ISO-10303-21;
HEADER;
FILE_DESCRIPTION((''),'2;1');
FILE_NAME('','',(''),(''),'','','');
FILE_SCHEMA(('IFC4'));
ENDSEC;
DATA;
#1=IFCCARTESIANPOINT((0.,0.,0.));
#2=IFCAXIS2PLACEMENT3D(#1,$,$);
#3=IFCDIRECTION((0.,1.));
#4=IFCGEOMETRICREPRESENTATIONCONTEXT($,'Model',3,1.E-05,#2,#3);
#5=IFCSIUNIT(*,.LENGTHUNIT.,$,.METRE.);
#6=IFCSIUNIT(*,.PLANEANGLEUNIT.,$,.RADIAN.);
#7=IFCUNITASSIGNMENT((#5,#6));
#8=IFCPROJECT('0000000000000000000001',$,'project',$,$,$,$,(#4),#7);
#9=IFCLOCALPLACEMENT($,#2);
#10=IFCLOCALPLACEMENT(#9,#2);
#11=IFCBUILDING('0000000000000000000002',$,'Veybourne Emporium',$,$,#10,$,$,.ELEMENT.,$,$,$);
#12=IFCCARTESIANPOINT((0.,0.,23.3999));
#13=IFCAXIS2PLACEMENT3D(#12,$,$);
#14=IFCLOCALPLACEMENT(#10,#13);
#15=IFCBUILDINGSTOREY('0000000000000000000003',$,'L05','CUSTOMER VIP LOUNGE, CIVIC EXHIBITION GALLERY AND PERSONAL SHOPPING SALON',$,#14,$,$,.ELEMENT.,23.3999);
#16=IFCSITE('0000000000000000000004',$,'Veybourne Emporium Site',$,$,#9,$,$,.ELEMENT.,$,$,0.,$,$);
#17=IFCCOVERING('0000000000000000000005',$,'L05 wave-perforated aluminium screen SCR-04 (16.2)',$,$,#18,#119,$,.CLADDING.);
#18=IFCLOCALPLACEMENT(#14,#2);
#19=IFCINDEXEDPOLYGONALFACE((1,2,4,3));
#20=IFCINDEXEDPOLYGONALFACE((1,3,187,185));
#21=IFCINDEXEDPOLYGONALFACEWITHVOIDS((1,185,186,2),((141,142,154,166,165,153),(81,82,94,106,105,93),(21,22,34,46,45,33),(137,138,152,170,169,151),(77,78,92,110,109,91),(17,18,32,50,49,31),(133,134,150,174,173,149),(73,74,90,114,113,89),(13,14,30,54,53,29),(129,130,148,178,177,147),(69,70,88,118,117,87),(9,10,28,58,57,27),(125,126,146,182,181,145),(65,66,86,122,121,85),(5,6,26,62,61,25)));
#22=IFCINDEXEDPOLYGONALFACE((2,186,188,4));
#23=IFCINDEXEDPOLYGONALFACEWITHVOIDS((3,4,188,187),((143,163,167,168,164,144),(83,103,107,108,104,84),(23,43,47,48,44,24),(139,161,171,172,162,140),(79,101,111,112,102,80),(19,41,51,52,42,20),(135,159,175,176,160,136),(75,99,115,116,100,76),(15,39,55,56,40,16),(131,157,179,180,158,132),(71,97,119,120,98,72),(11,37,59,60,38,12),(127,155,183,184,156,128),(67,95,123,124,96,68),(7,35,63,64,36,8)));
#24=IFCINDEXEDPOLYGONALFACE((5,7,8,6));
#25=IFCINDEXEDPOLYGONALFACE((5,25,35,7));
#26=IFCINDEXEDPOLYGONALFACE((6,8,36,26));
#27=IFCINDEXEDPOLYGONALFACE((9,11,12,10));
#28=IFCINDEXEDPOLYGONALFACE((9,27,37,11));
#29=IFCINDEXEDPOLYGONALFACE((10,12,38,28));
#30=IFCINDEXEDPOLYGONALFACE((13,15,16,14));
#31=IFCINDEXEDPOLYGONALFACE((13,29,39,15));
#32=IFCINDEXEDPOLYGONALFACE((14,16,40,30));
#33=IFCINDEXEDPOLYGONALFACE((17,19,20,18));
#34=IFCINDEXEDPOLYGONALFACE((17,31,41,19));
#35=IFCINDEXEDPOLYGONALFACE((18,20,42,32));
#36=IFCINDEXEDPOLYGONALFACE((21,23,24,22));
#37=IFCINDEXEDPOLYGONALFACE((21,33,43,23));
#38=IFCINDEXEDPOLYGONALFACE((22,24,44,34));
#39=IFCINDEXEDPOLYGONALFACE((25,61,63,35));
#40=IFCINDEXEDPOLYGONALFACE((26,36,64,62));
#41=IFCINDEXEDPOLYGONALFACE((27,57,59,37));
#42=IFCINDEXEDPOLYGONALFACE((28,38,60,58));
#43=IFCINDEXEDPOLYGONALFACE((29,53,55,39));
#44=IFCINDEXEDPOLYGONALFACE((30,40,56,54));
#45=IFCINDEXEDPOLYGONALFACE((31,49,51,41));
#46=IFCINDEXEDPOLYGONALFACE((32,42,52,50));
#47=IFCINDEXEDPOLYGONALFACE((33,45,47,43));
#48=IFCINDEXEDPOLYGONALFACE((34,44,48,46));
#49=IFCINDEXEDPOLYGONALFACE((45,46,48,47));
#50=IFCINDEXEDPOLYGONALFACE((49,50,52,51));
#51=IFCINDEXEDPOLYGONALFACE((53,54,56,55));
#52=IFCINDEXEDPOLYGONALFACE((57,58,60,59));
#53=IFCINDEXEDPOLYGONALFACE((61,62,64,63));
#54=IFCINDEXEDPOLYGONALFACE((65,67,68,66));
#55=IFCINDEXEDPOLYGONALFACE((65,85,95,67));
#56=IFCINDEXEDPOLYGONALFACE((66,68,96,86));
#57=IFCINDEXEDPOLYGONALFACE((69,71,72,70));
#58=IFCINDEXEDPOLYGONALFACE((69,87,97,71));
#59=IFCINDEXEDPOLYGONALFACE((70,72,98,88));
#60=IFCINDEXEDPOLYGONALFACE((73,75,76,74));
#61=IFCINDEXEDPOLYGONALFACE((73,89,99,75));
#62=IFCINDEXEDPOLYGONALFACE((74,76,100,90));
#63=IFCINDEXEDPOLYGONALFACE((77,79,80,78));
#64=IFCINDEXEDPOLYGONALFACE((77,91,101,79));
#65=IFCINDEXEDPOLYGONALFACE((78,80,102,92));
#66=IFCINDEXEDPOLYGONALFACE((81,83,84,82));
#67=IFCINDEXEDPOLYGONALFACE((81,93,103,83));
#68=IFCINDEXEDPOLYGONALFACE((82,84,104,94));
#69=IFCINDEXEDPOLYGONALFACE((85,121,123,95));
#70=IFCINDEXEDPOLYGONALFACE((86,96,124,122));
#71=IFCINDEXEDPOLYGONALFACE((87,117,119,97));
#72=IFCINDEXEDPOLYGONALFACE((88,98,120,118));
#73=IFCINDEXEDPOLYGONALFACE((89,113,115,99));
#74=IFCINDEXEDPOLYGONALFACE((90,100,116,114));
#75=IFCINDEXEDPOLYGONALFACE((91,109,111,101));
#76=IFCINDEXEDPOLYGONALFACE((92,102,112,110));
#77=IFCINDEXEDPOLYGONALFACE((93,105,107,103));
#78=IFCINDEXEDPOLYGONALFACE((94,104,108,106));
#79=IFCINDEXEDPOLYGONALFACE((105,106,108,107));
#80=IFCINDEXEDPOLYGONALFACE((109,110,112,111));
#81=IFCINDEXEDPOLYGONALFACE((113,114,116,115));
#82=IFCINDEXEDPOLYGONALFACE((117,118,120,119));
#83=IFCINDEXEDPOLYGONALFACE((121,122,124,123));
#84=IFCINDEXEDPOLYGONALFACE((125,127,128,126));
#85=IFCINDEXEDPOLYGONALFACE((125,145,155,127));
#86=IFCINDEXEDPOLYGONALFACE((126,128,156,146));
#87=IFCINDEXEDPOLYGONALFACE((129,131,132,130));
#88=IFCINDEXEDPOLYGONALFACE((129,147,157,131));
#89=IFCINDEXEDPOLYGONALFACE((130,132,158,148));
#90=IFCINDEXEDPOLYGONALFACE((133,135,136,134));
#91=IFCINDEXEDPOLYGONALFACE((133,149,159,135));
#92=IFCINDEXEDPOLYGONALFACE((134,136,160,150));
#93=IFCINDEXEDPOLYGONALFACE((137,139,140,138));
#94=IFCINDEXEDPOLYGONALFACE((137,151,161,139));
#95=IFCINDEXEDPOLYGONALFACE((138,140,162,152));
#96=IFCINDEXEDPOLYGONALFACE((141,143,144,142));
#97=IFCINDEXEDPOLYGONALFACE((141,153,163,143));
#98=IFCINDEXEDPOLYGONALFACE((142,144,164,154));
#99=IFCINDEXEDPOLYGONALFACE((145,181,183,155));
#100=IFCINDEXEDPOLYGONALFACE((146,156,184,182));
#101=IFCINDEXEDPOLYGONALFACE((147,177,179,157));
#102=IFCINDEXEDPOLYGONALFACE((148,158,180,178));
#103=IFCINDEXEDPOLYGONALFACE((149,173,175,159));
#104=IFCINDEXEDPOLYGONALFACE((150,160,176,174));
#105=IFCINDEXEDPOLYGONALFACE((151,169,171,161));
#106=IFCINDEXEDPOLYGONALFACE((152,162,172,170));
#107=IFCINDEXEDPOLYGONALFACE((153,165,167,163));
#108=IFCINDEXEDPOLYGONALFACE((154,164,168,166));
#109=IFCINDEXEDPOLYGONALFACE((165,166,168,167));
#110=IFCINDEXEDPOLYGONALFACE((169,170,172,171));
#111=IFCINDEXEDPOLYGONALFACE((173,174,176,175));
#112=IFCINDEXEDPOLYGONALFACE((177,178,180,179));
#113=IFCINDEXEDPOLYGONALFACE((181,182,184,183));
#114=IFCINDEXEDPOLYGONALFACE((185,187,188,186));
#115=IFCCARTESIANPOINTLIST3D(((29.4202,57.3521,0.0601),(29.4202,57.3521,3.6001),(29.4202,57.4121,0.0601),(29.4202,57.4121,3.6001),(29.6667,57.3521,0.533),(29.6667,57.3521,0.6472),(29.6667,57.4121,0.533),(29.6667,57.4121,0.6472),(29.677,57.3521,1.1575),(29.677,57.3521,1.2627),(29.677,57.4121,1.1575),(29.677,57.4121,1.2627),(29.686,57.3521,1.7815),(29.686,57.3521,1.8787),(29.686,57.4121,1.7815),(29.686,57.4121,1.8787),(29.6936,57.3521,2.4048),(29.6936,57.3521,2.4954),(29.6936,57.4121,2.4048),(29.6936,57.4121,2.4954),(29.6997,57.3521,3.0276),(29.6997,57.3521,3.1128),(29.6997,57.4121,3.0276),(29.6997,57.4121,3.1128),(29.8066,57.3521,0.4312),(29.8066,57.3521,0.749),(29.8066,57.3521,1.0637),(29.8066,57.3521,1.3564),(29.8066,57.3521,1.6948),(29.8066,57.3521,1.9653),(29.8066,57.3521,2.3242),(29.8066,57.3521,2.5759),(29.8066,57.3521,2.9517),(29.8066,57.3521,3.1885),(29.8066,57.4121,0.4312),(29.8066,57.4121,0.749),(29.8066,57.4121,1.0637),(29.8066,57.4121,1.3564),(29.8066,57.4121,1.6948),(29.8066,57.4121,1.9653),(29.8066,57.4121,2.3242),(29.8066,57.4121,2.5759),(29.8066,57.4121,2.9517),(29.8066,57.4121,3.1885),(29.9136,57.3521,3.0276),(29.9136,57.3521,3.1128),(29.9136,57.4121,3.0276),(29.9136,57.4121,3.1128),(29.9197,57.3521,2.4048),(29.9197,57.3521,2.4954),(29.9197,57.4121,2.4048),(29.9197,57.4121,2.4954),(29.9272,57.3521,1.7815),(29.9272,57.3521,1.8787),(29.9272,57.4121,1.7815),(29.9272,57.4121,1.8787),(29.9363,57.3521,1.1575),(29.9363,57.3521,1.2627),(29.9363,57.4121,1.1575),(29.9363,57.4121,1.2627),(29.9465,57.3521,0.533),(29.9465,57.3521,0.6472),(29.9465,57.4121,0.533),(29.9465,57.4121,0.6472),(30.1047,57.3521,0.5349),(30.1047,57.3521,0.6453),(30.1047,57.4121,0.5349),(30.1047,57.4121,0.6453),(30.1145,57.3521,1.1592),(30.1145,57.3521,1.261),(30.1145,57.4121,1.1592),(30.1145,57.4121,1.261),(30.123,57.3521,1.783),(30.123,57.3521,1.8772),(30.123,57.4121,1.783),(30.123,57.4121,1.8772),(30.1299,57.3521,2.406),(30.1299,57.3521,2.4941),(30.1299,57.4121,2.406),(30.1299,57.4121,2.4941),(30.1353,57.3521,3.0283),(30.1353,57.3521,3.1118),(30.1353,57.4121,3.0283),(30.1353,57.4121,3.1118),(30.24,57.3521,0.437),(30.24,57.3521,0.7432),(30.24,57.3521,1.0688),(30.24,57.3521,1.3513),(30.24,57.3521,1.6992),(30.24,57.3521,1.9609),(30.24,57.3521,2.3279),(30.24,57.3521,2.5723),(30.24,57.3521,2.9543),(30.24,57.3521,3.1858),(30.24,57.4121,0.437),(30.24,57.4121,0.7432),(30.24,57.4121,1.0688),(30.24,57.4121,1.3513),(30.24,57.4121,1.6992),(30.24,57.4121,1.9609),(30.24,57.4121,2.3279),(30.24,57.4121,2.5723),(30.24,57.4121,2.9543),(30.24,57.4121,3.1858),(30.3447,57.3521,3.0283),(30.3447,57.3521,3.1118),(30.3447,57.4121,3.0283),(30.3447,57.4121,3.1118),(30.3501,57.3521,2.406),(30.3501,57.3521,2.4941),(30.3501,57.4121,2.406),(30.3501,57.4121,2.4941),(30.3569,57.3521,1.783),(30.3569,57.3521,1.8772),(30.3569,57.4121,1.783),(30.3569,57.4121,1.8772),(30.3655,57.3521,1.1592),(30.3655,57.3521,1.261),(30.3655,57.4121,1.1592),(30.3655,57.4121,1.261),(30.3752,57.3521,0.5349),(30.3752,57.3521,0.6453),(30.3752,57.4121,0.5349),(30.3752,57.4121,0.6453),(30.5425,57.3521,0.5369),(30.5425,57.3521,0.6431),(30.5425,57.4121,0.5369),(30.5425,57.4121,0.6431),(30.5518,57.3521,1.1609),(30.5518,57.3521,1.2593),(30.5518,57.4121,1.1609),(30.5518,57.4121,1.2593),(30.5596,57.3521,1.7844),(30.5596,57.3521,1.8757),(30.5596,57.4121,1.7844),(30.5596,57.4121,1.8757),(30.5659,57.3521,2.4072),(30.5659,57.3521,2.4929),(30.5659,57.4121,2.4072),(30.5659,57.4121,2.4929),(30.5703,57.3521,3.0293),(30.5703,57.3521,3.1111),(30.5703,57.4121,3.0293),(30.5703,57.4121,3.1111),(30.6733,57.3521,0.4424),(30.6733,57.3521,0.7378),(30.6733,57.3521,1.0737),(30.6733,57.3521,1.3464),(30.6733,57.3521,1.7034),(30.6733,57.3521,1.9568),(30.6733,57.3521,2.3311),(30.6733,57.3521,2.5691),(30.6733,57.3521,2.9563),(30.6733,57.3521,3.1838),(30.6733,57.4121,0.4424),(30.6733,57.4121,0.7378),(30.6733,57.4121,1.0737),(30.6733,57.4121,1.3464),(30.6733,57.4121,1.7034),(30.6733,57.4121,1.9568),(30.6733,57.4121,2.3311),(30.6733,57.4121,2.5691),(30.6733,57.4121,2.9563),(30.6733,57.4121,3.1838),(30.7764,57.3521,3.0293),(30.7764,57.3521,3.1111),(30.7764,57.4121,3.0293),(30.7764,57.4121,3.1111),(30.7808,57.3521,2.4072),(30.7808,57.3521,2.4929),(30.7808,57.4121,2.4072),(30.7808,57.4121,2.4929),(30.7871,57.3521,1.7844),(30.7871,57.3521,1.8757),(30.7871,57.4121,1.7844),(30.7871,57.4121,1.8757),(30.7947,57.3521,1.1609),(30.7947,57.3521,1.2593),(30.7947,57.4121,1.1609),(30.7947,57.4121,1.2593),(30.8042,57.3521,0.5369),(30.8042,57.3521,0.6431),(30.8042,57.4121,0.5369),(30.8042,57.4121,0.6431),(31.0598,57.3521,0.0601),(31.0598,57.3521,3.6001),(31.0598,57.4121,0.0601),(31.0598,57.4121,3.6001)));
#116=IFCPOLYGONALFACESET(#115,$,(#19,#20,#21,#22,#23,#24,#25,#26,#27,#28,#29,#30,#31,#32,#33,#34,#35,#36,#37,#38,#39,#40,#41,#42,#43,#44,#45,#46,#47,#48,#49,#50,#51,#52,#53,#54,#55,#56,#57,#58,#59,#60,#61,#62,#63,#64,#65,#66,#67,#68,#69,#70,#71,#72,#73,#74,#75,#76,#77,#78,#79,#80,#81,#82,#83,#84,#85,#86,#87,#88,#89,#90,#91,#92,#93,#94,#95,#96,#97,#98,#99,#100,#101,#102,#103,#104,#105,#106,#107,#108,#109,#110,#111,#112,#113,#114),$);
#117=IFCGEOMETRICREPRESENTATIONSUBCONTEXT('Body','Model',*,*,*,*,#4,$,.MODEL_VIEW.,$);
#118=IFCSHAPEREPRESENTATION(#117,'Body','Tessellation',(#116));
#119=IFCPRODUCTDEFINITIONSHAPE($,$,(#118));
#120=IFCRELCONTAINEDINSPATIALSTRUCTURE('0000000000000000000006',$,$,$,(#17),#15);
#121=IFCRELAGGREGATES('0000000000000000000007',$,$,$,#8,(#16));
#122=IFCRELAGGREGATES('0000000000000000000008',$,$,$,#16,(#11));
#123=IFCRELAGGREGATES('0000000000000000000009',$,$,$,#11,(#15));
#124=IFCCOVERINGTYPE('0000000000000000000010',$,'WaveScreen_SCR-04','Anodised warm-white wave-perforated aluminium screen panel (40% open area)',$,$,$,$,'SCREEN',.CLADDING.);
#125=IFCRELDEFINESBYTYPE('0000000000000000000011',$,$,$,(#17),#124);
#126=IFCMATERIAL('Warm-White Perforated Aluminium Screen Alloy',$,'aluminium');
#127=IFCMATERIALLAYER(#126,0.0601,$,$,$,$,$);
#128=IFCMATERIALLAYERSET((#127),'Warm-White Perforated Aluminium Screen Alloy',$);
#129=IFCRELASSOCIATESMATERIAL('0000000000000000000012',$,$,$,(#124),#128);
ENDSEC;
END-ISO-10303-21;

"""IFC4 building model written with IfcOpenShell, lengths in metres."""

from ifc_helpers import new_model, si_unit, direction, frame, origin, place, context, subcontext, project, spatial, polyline, outline, extrude, material, layer, layer_set, type_object, element, save


model = new_model("IFC4")

# Units and contexts
model_context = context("Model", 3, precision=1e-05, world=origin(), true_north=direction((0.0, 1.0)))
body_context = subcontext(model_context, "Body", "Model", "MODEL_VIEW")
ifc_project = project(units=[si_unit("LENGTHUNIT", "METRE"), si_unit("PLANEANGLEUNIT", "RADIAN")], contexts=[model_context])

# Site, building, storey
site_placement = place(None, origin())
site = spatial("IfcSite", under=ifc_project, at=site_placement, Name="Veybourne Emporium Site", CompositionType="ELEMENT", RefElevation=0.0)
building_placement = place(site_placement, origin())
building = spatial("IfcBuilding", under=site, at=building_placement, Name="Veybourne Emporium", CompositionType="ELEMENT")
storey_placement = place(building_placement, frame((0.0, 0.0, 23.3999)))
storey = spatial("IfcBuildingStorey", under=building, at=storey_placement, Name="L05", Description="CUSTOMER VIP LOUNGE, CIVIC EXHIBITION GALLERY AND PERSONAL SHOPPING SALON", CompositionType="ELEMENT", Elevation=23.3999)

# Covering
ifc_material_1 = material(Name="Warm-White Perforated Aluminium Screen Alloy", Category="aluminium")
ifc_layer_1 = layer(ifc_material_1, 0.0601)
ifc_layer_set_1 = layer_set([ifc_layer_1], Name="Warm-White Perforated Aluminium Screen Alloy")
covering_type_1 = type_object("IfcCoveringType", Name="WaveScreen_SCR-04", Description="Anodised warm-white wave-perforated aluminium screen panel (40% open area)", ElementType="SCREEN", PredefinedType="CLADDING", material=ifc_layer_set_1)
covering_1_placement = place(storey_placement, frame((30.24, 57.3521, 1.8301), z_axis=(0.0, 1.0, 0.0), x_axis=(-1.0, 0.0, 0.0)))
element("IfcCovering", 1, at=covering_1_placement, inside=storey, type_object=covering_type_1, Name="L05 wave-perforated aluminium screen SCR-04 (16.2)", PredefinedType="CLADDING", context=body_context, shape_type="SweptSolid", body=[
    extrude(outline(polyline([(-0.8198, -1.77), (0.8198, -1.77), (0.8198, 1.77), (-0.8198, 1.77), (-0.8198, -1.77)]), holes=[polyline([(-0.4333, -1.0923), (-0.3025, -1.187), (-0.3025, -1.2932), (-0.4333, -1.3877), (-0.5642, -1.2932), (-0.5642, -1.187), (-0.4333, -1.0923)]), polyline([(-0.4333, -0.4836), (-0.3118, -0.5708), (-0.3118, -0.6692), (-0.4333, -0.7563), (-0.5547, -0.6692), (-0.5547, -0.5708), (-0.4333, -0.4836)]), polyline([(-0.4333, 0.1267), (-0.3196, 0.0457), (-0.3196, -0.0457), (-0.4333, -0.1267), (-0.5471, -0.0457), (-0.5471, 0.0457), (-0.4333, 0.1267)]), polyline([(-0.4333, 0.739), (-0.3259, 0.6628), (-0.3259, 0.5771), (-0.4333, 0.501), (-0.5408, 0.5771), (-0.5408, 0.6628), (-0.4333, 0.739)]), polyline([(-0.4333, 1.3538), (-0.3303, 1.281), (-0.3303, 1.1992), (-0.4333, 1.1262), (-0.5364, 1.1992), (-0.5364, 1.281), (-0.4333, 1.3538)]), polyline([(0.0, -1.0869), (0.1353, -1.1848), (0.1353, -1.2952), (0.0, -1.3931), (-0.1353, -1.2952), (-0.1353, -1.1848), (0.0, -1.0869)]), polyline([(0.0, -0.4788), (0.1255, -0.5691), (0.1255, -0.6709), (0.0, -0.7612), (-0.1255, -0.6709), (-0.1255, -0.5691), (0.0, -0.4788)]), polyline([(0.0, 0.1309), (0.1169, 0.0471), (0.1169, -0.0471), (0.0, -0.1309), (-0.1169, -0.0471), (-0.1169, 0.0471), (0.0, 0.1309)]), polyline([(0.0, 0.7422), (0.1101, 0.6641), (0.1101, 0.5759), (0.0, 0.4978), (-0.1101, 0.5759), (-0.1101, 0.6641), (0.0, 0.7422)]), polyline([(0.0, 1.3557), (0.1047, 1.2817), (0.1047, 1.1982), (0.0, 1.1243), (-0.1047, 1.1982), (-0.1047, 1.2817), (0.0, 1.3557)]), polyline([(0.4333, -1.0811), (0.5732, -1.1829), (0.5732, -1.2971), (0.4333, -1.3989), (0.2935, -1.2971), (0.2935, -1.1829), (0.4333, -1.0811)]), polyline([(0.4333, -0.4736), (0.563, -0.5674), (0.563, -0.6726), (0.4333, -0.7664), (0.3037, -0.6726), (0.3037, -0.5674), (0.4333, -0.4736)]), polyline([(0.4333, 0.1353), (0.554, 0.0486), (0.554, -0.0486), (0.4333, -0.1353), (0.3127, -0.0486), (0.3127, 0.0486), (0.4333, 0.1353)]), polyline([(0.4333, 0.7458), (0.5464, 0.6653), (0.5464, 0.5747), (0.4333, 0.4941), (0.3203, 0.5747), (0.3203, 0.6653), (0.4333, 0.7458)]), polyline([(0.4333, 1.3584), (0.5403, 1.2827), (0.5403, 1.1975), (0.4333, 1.1216), (0.3264, 1.1975), (0.3264, 1.2827), (0.4333, 1.3584)])]), origin(), (0.0, 0.0, 1.0), 0.0601),
])

save(model, "model.ifc")
